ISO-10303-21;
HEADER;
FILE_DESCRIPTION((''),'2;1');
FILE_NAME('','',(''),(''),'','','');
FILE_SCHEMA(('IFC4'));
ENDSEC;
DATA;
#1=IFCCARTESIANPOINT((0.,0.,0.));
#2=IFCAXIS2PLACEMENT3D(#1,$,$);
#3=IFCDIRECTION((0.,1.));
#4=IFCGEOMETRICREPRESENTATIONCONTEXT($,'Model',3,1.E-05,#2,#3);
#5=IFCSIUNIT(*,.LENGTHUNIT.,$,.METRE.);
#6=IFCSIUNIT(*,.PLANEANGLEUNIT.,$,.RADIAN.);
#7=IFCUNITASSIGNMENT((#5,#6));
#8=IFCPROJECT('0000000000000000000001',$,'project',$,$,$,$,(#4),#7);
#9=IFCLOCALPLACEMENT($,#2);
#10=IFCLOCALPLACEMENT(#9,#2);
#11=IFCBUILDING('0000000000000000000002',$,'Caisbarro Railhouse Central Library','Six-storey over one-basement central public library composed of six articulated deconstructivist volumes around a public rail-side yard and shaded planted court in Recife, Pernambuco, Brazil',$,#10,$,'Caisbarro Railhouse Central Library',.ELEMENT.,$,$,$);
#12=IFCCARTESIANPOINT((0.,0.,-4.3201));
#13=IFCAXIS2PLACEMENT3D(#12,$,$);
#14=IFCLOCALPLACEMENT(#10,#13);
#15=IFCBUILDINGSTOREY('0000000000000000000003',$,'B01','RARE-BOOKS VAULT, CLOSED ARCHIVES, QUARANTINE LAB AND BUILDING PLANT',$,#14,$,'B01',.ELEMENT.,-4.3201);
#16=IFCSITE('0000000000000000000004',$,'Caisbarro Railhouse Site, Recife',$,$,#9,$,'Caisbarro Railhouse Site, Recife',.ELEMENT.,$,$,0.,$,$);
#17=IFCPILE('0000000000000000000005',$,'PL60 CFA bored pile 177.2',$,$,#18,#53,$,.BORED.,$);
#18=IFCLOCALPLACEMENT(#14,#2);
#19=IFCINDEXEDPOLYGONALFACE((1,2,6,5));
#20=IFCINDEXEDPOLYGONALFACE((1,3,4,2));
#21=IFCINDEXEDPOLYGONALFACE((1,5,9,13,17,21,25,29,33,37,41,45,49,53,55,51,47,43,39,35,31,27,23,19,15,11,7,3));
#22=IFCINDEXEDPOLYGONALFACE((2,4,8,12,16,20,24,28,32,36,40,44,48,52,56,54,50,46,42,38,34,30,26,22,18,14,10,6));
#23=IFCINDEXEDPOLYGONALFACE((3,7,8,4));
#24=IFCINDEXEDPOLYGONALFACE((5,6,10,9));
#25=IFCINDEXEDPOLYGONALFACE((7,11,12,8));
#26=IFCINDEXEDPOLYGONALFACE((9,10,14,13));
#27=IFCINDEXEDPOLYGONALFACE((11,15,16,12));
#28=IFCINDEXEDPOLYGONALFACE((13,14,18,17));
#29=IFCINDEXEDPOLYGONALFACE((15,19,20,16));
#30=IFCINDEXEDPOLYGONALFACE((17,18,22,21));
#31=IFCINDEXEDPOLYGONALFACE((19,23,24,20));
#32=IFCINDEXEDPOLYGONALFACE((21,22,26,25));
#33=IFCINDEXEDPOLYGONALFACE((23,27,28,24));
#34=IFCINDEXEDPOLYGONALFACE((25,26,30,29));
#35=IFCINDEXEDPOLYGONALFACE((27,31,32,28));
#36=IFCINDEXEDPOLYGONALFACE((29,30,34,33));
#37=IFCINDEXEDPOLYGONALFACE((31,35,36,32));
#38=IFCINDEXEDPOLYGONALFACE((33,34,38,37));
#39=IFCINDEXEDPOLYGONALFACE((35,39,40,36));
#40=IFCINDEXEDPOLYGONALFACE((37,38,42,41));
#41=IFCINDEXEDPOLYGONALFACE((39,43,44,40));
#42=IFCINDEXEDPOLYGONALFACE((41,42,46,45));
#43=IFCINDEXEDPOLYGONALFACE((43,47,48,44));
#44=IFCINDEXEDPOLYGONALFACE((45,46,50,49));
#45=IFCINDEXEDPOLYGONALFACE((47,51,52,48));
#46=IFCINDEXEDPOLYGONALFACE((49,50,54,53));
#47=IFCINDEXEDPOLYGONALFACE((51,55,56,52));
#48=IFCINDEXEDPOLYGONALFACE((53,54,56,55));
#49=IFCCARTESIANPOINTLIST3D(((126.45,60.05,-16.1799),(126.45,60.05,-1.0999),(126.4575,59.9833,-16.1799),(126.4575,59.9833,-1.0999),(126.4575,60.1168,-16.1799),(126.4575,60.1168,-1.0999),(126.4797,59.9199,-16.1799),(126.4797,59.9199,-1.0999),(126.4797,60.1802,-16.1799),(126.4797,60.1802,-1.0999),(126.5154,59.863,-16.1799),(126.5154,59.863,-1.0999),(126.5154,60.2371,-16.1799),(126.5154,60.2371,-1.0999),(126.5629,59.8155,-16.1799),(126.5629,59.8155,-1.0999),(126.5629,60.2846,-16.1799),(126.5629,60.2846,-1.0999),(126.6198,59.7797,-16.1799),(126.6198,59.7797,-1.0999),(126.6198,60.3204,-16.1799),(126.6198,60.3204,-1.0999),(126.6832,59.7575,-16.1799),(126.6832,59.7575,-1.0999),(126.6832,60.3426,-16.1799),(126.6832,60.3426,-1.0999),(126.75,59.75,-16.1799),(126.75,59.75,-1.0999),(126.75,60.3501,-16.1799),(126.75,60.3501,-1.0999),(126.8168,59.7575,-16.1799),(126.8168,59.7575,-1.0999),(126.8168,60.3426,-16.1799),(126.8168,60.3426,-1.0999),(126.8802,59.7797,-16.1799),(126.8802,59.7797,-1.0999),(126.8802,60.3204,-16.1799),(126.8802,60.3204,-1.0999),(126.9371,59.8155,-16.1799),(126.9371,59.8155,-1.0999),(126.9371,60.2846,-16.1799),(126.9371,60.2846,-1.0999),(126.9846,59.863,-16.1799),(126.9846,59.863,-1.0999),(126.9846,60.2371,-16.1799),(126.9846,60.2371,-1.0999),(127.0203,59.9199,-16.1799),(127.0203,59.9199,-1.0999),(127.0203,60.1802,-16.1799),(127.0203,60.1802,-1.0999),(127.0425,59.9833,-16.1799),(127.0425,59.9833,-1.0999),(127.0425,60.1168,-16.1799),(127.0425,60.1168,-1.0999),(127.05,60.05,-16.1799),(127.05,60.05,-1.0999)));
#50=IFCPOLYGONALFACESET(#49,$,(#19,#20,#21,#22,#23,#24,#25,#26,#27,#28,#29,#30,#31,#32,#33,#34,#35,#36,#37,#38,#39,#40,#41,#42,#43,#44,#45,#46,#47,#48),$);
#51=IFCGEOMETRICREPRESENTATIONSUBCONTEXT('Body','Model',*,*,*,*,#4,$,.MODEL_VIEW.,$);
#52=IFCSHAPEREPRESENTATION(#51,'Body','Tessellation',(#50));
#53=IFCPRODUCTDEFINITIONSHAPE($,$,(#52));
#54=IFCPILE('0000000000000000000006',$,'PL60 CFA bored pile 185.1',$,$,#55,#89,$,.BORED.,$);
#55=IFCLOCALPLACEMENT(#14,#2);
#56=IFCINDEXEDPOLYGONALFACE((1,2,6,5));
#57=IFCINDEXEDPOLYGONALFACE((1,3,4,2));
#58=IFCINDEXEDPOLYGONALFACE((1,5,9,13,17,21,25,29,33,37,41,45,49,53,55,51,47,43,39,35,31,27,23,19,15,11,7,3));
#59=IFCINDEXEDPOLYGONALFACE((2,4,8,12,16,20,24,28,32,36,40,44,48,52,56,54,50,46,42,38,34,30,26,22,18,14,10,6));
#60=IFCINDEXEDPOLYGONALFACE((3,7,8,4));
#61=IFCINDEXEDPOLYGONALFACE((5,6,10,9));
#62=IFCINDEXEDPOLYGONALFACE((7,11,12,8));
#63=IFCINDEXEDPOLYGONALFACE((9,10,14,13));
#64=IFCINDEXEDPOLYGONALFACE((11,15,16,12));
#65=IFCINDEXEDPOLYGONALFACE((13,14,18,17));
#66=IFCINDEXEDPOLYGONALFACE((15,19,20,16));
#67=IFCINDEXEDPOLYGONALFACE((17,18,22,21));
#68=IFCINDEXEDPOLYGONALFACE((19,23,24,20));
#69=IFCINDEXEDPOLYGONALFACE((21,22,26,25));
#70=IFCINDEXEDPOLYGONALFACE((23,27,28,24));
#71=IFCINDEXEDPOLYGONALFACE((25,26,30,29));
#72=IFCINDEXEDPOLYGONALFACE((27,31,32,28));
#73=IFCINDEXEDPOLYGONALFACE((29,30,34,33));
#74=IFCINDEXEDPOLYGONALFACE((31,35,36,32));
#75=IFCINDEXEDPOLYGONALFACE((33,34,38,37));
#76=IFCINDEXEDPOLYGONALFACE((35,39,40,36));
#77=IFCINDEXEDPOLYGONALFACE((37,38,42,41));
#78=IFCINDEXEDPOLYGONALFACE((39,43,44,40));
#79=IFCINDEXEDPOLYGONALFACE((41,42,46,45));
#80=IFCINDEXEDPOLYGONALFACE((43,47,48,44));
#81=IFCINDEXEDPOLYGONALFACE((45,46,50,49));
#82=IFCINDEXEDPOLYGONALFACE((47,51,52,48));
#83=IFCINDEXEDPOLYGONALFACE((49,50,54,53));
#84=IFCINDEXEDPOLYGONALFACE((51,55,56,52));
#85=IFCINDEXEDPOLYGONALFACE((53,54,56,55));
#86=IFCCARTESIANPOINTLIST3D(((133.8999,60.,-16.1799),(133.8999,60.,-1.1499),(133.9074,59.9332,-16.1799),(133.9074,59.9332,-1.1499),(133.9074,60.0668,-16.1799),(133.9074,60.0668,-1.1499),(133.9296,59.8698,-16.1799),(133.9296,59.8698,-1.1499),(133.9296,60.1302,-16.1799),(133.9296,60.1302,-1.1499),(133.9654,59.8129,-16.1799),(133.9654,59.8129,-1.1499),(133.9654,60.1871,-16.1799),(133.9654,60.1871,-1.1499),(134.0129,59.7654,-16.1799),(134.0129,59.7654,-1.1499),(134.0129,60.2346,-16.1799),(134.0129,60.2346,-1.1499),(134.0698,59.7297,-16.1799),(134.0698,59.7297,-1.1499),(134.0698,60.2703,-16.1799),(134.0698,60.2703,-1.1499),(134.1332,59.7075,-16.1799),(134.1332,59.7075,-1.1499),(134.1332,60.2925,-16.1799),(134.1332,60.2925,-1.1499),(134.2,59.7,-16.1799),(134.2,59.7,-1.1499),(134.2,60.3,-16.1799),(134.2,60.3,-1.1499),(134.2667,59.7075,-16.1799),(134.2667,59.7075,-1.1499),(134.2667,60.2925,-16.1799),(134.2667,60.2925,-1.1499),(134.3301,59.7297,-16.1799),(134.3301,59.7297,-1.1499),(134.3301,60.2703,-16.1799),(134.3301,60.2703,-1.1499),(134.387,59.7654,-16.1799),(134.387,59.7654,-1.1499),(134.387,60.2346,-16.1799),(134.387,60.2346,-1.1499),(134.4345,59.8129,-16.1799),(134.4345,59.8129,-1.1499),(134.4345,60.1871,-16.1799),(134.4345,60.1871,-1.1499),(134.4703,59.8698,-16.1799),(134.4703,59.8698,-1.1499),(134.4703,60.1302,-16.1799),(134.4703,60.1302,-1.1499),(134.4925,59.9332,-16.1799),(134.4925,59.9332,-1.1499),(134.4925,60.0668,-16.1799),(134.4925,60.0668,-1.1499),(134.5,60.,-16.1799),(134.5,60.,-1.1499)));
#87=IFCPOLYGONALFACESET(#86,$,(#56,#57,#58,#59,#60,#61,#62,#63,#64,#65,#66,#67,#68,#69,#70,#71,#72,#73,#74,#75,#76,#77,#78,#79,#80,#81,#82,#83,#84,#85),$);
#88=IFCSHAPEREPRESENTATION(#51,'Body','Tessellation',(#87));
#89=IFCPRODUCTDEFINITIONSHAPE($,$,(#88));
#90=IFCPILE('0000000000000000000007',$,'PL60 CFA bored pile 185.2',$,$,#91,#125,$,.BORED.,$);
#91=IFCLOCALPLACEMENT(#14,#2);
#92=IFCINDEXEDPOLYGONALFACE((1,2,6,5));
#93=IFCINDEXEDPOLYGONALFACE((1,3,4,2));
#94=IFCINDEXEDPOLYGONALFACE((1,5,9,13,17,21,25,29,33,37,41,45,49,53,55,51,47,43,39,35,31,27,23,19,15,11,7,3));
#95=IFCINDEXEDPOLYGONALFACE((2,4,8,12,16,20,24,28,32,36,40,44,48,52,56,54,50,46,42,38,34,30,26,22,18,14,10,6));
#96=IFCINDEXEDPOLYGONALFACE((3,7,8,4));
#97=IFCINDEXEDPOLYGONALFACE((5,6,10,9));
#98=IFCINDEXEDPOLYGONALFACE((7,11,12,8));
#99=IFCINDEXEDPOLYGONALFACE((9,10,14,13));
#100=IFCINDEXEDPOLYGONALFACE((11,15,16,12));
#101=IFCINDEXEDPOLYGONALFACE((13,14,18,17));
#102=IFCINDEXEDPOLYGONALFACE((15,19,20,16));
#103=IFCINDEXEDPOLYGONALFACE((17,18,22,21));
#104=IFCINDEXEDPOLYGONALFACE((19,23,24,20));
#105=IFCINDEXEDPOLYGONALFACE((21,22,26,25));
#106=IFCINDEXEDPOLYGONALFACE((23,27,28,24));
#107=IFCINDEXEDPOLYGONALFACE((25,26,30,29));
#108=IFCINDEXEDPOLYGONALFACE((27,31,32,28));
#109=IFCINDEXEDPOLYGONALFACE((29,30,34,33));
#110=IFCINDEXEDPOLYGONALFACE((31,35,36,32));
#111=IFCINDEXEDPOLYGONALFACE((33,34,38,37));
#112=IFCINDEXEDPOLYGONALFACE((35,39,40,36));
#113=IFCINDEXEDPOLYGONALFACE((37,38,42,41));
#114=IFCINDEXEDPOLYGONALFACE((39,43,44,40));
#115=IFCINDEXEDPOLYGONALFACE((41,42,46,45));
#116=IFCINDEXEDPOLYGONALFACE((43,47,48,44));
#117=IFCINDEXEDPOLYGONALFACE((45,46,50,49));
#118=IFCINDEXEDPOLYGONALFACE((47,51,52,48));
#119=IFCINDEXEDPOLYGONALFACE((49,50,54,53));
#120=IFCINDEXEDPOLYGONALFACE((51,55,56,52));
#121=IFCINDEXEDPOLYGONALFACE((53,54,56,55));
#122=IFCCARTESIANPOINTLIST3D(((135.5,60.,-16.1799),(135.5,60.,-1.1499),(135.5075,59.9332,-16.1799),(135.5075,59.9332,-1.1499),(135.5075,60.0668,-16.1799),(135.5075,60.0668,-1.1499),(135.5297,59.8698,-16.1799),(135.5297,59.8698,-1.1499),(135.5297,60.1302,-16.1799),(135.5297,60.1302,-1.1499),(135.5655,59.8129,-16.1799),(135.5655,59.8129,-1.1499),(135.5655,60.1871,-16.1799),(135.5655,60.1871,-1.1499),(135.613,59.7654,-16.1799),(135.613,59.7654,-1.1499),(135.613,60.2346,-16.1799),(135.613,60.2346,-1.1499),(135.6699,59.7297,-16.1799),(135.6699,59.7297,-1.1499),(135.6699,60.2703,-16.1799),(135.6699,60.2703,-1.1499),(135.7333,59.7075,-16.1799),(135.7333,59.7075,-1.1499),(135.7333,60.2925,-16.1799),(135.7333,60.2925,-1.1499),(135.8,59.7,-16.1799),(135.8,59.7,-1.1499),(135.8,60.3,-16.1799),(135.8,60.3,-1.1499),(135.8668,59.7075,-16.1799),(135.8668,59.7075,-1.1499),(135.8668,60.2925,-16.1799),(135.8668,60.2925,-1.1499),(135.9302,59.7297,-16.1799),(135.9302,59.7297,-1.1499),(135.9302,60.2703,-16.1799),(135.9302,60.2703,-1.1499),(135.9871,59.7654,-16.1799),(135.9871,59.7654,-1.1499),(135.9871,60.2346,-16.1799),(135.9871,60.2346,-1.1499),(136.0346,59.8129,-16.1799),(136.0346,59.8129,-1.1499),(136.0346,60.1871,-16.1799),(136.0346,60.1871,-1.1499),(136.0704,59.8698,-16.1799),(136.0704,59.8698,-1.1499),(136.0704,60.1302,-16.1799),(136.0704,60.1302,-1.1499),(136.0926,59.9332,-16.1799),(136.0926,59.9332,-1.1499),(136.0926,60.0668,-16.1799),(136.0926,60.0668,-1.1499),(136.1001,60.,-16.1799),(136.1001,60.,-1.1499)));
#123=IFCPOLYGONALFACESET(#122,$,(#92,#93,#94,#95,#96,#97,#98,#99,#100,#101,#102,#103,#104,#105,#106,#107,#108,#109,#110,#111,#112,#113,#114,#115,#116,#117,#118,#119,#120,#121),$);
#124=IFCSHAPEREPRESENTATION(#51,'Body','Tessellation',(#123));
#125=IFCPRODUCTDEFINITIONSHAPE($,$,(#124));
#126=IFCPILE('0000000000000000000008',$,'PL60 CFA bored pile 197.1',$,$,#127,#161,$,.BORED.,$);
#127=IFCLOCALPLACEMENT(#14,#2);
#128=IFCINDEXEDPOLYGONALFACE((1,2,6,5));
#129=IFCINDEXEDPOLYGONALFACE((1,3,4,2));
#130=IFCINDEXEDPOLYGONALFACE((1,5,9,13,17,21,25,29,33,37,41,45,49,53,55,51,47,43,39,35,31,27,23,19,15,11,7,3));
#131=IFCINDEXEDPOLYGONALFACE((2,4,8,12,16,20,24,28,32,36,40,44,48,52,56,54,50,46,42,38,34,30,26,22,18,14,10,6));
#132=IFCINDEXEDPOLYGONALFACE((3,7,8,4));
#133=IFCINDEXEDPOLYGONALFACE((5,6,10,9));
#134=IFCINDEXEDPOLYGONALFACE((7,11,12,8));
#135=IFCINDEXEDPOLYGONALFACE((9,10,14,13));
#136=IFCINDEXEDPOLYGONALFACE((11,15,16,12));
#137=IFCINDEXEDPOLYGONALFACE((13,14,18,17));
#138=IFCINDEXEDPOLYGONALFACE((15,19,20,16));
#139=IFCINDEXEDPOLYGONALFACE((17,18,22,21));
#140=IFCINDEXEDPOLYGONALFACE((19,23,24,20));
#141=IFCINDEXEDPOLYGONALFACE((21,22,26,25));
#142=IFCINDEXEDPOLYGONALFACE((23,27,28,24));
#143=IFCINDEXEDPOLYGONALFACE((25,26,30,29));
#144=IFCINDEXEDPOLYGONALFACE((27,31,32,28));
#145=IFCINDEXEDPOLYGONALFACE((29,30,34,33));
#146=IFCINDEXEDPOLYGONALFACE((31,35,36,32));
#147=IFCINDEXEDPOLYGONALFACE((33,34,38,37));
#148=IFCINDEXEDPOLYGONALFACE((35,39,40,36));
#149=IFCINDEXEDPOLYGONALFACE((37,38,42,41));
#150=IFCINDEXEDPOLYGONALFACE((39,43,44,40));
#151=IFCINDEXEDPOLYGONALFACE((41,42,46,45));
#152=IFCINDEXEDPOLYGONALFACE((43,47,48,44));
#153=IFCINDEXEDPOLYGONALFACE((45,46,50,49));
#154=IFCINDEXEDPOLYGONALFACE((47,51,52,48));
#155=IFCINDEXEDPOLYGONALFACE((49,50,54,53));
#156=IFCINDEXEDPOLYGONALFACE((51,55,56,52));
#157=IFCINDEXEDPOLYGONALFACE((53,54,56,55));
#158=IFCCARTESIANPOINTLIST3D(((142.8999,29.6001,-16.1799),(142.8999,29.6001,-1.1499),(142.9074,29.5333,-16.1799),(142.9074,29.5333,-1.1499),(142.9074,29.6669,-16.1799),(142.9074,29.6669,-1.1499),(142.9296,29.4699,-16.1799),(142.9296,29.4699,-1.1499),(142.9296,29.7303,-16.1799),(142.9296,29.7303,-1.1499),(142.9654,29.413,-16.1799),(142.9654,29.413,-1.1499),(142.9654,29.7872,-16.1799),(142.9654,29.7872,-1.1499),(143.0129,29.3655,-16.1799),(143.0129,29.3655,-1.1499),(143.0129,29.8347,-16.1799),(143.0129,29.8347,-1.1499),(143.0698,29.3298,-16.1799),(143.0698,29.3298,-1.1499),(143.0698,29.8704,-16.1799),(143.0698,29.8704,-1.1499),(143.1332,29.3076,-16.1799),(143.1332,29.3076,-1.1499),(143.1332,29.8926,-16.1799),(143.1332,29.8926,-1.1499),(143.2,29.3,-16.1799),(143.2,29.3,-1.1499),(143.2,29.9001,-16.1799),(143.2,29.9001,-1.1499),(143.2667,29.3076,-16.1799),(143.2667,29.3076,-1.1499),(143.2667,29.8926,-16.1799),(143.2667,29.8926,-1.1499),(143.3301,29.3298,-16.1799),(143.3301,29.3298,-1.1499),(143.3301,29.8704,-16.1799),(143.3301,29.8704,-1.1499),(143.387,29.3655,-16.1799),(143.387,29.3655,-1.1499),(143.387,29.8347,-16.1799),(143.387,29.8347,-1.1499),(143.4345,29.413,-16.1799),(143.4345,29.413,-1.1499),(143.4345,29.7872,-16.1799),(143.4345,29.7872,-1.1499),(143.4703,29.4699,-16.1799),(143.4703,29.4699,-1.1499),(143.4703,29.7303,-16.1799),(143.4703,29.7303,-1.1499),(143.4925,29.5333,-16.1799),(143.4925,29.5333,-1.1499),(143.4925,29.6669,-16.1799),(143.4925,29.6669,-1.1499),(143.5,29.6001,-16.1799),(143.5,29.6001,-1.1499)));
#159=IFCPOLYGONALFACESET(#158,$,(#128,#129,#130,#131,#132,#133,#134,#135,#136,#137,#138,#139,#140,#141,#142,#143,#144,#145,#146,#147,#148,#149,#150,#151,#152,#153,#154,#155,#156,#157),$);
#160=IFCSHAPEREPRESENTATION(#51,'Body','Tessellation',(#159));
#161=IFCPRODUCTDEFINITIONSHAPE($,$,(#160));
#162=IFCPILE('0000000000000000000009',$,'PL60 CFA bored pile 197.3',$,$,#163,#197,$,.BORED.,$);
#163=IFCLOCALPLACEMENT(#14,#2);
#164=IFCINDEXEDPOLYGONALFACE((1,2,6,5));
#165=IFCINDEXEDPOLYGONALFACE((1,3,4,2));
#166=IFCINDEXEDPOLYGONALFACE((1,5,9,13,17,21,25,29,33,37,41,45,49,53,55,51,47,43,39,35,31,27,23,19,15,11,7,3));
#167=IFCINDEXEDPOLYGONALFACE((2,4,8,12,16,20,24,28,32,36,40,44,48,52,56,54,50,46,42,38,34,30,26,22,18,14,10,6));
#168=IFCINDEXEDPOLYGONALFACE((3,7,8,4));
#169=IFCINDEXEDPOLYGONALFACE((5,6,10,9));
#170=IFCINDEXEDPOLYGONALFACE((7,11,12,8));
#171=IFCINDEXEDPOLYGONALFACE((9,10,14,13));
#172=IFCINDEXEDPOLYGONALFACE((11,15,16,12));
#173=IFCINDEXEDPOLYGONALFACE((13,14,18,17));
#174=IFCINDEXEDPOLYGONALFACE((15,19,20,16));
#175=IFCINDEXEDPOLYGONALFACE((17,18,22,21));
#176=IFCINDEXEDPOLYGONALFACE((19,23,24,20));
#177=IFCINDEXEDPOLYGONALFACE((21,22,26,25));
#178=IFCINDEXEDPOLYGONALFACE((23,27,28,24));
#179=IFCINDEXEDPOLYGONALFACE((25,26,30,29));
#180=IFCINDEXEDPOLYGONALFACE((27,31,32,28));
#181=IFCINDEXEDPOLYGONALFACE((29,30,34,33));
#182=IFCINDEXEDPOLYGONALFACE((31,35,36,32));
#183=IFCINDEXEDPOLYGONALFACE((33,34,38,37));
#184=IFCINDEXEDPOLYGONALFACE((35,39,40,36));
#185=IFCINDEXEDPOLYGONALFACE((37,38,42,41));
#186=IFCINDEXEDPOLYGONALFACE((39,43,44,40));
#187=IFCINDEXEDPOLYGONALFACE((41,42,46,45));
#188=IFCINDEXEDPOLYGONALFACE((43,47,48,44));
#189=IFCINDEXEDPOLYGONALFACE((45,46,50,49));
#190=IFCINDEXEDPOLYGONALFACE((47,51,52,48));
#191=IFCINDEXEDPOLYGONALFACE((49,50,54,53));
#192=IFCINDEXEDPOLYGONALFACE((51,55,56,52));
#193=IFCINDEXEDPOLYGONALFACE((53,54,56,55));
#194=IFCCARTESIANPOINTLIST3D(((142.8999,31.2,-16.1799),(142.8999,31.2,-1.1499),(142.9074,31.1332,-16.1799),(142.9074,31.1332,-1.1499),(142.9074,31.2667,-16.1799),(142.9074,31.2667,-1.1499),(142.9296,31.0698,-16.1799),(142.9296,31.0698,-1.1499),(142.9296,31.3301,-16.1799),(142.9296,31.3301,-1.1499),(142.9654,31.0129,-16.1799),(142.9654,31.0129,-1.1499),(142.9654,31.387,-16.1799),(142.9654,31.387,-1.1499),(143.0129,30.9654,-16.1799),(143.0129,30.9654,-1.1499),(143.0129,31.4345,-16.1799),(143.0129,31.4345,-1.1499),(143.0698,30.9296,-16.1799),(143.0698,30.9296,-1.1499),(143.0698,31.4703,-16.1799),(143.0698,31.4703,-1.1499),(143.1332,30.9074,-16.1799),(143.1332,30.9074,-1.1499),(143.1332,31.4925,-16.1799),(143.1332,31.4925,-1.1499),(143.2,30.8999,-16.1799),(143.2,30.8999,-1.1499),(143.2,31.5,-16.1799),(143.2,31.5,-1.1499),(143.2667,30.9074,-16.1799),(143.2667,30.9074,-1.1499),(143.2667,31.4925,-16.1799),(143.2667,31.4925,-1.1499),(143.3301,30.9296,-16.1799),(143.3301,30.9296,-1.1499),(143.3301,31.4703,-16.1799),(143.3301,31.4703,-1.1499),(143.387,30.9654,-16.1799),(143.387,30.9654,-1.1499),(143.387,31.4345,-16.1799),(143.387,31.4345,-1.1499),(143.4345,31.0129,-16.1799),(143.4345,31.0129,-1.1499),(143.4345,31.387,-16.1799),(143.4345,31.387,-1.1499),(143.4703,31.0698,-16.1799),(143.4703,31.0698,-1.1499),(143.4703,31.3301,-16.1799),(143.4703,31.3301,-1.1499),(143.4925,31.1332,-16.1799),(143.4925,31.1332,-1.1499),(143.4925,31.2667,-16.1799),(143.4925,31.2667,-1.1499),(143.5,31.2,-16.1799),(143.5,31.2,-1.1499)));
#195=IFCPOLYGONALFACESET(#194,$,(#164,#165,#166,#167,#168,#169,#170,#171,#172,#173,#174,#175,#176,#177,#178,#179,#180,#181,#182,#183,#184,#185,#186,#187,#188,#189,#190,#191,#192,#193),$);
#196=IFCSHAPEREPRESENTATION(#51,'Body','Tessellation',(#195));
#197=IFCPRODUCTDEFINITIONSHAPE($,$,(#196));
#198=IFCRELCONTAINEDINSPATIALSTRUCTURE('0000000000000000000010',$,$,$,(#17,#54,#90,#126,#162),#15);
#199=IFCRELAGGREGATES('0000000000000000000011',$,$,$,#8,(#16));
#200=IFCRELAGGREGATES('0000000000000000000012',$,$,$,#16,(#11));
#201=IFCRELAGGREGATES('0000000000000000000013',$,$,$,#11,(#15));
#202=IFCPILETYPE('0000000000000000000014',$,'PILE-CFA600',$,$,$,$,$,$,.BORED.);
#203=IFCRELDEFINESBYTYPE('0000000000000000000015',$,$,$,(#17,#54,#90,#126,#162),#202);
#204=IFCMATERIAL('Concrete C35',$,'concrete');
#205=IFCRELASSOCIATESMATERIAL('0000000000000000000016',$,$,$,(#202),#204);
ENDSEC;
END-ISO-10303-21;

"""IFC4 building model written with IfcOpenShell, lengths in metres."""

from ifc_helpers import new_model, si_unit, direction, frame, origin, origin_2d, place, context, subcontext, project, spatial, circle, extrude, material, material_profile, profile_set, type_object, element, save


model = new_model("IFC4")

# Units and contexts
model_context = context("Model", 3, precision=1e-05, world=origin(), true_north=direction((0.0, 1.0)))
body_context = subcontext(model_context, "Body", "Model", "MODEL_VIEW")
ifc_project = project(units=[si_unit("LENGTHUNIT", "METRE"), si_unit("PLANEANGLEUNIT", "RADIAN")], contexts=[model_context])

# Site, building, storey
site_placement = place(None, origin())
site = spatial("IfcSite", under=ifc_project, at=site_placement, Name="Caisbarro Railhouse Site, Recife", LongName="Caisbarro Railhouse Site, Recife", CompositionType="ELEMENT", RefElevation=0.0)
building_placement = place(site_placement, origin())
building = spatial("IfcBuilding", under=site, at=building_placement, Name="Caisbarro Railhouse Central Library", Description="Six-storey over one-basement central public library composed of six articulated deconstructivist volumes around a public rail-side yard and shaded planted court in Recife, Pernambuco, Brazil", LongName="Caisbarro Railhouse Central Library", CompositionType="ELEMENT")
storey_placement = place(building_placement, frame((0.0, 0.0, -4.3201)))
storey = spatial("IfcBuildingStorey", under=building, at=storey_placement, Name="B01", Description="RARE-BOOKS VAULT, CLOSED ARCHIVES, QUARANTINE LAB AND BUILDING PLANT", LongName="B01", CompositionType="ELEMENT", Elevation=-4.3201)

# Shared definitions
ifc_material_1 = material(Name="Concrete C35", Category="concrete")

# Piles
ifc_material_profile_1 = material_profile(ifc_material_1, circle(Radius=0.3, at=origin_2d()), Name="PILE-CFA-600")
ifc_profile_set_1 = profile_set([ifc_material_profile_1], Name="Concrete C35")
pile_type_1 = type_object("IfcPileType", Name="PILE-CFA600", PredefinedType="BORED", material=ifc_profile_set_1)
for number, where, z_axis, x_axis, name in (
    (1, (126.75, 60.05, -1.0999), (0.0, 0.0, -1.0), (1.0, 0.0, 0.0), "PL60 CFA bored pile 177.2"),
):
    element("IfcPile", number, at=place(storey_placement, frame(where, z_axis=z_axis, x_axis=x_axis)), inside=storey, type_object=pile_type_1, Name=name, PredefinedType="BORED", context=body_context, shape_type="SweptSolid", body=[
        extrude(circle(Radius=0.3, at=origin_2d()), origin(), (0.0, 0.0, 1.0), 15.0801),
    ])
for number, where, z_axis, x_axis, name in (
    (2, (134.2, 60.0, -1.1499), (0.0, 0.0, -1.0), (1.0, 0.0, 0.0), "PL60 CFA bored pile 185.1"),
    (3, (135.8, 60.0, -1.1499), (0.0, 0.0, -1.0), (1.0, 0.0, 0.0), "PL60 CFA bored pile 185.2"),
    (4, (143.2, 29.6001, -1.1499), (0.0, 0.0, -1.0), (1.0, 0.0, 0.0), "PL60 CFA bored pile 197.1"),
    (5, (143.2, 31.2, -1.1499), (0.0, 0.0, -1.0), (1.0, 0.0, 0.0), "PL60 CFA bored pile 197.3"),
):
    element("IfcPile", number, at=place(storey_placement, frame(where, z_axis=z_axis, x_axis=x_axis)), inside=storey, type_object=pile_type_1, Name=name, PredefinedType="BORED", context=body_context, shape_type="SweptSolid", body=[
        extrude(circle(Radius=0.3, at=origin_2d()), origin(), (0.0, 0.0, 1.0), 15.03),
    ])

save(model, "model.ifc")
